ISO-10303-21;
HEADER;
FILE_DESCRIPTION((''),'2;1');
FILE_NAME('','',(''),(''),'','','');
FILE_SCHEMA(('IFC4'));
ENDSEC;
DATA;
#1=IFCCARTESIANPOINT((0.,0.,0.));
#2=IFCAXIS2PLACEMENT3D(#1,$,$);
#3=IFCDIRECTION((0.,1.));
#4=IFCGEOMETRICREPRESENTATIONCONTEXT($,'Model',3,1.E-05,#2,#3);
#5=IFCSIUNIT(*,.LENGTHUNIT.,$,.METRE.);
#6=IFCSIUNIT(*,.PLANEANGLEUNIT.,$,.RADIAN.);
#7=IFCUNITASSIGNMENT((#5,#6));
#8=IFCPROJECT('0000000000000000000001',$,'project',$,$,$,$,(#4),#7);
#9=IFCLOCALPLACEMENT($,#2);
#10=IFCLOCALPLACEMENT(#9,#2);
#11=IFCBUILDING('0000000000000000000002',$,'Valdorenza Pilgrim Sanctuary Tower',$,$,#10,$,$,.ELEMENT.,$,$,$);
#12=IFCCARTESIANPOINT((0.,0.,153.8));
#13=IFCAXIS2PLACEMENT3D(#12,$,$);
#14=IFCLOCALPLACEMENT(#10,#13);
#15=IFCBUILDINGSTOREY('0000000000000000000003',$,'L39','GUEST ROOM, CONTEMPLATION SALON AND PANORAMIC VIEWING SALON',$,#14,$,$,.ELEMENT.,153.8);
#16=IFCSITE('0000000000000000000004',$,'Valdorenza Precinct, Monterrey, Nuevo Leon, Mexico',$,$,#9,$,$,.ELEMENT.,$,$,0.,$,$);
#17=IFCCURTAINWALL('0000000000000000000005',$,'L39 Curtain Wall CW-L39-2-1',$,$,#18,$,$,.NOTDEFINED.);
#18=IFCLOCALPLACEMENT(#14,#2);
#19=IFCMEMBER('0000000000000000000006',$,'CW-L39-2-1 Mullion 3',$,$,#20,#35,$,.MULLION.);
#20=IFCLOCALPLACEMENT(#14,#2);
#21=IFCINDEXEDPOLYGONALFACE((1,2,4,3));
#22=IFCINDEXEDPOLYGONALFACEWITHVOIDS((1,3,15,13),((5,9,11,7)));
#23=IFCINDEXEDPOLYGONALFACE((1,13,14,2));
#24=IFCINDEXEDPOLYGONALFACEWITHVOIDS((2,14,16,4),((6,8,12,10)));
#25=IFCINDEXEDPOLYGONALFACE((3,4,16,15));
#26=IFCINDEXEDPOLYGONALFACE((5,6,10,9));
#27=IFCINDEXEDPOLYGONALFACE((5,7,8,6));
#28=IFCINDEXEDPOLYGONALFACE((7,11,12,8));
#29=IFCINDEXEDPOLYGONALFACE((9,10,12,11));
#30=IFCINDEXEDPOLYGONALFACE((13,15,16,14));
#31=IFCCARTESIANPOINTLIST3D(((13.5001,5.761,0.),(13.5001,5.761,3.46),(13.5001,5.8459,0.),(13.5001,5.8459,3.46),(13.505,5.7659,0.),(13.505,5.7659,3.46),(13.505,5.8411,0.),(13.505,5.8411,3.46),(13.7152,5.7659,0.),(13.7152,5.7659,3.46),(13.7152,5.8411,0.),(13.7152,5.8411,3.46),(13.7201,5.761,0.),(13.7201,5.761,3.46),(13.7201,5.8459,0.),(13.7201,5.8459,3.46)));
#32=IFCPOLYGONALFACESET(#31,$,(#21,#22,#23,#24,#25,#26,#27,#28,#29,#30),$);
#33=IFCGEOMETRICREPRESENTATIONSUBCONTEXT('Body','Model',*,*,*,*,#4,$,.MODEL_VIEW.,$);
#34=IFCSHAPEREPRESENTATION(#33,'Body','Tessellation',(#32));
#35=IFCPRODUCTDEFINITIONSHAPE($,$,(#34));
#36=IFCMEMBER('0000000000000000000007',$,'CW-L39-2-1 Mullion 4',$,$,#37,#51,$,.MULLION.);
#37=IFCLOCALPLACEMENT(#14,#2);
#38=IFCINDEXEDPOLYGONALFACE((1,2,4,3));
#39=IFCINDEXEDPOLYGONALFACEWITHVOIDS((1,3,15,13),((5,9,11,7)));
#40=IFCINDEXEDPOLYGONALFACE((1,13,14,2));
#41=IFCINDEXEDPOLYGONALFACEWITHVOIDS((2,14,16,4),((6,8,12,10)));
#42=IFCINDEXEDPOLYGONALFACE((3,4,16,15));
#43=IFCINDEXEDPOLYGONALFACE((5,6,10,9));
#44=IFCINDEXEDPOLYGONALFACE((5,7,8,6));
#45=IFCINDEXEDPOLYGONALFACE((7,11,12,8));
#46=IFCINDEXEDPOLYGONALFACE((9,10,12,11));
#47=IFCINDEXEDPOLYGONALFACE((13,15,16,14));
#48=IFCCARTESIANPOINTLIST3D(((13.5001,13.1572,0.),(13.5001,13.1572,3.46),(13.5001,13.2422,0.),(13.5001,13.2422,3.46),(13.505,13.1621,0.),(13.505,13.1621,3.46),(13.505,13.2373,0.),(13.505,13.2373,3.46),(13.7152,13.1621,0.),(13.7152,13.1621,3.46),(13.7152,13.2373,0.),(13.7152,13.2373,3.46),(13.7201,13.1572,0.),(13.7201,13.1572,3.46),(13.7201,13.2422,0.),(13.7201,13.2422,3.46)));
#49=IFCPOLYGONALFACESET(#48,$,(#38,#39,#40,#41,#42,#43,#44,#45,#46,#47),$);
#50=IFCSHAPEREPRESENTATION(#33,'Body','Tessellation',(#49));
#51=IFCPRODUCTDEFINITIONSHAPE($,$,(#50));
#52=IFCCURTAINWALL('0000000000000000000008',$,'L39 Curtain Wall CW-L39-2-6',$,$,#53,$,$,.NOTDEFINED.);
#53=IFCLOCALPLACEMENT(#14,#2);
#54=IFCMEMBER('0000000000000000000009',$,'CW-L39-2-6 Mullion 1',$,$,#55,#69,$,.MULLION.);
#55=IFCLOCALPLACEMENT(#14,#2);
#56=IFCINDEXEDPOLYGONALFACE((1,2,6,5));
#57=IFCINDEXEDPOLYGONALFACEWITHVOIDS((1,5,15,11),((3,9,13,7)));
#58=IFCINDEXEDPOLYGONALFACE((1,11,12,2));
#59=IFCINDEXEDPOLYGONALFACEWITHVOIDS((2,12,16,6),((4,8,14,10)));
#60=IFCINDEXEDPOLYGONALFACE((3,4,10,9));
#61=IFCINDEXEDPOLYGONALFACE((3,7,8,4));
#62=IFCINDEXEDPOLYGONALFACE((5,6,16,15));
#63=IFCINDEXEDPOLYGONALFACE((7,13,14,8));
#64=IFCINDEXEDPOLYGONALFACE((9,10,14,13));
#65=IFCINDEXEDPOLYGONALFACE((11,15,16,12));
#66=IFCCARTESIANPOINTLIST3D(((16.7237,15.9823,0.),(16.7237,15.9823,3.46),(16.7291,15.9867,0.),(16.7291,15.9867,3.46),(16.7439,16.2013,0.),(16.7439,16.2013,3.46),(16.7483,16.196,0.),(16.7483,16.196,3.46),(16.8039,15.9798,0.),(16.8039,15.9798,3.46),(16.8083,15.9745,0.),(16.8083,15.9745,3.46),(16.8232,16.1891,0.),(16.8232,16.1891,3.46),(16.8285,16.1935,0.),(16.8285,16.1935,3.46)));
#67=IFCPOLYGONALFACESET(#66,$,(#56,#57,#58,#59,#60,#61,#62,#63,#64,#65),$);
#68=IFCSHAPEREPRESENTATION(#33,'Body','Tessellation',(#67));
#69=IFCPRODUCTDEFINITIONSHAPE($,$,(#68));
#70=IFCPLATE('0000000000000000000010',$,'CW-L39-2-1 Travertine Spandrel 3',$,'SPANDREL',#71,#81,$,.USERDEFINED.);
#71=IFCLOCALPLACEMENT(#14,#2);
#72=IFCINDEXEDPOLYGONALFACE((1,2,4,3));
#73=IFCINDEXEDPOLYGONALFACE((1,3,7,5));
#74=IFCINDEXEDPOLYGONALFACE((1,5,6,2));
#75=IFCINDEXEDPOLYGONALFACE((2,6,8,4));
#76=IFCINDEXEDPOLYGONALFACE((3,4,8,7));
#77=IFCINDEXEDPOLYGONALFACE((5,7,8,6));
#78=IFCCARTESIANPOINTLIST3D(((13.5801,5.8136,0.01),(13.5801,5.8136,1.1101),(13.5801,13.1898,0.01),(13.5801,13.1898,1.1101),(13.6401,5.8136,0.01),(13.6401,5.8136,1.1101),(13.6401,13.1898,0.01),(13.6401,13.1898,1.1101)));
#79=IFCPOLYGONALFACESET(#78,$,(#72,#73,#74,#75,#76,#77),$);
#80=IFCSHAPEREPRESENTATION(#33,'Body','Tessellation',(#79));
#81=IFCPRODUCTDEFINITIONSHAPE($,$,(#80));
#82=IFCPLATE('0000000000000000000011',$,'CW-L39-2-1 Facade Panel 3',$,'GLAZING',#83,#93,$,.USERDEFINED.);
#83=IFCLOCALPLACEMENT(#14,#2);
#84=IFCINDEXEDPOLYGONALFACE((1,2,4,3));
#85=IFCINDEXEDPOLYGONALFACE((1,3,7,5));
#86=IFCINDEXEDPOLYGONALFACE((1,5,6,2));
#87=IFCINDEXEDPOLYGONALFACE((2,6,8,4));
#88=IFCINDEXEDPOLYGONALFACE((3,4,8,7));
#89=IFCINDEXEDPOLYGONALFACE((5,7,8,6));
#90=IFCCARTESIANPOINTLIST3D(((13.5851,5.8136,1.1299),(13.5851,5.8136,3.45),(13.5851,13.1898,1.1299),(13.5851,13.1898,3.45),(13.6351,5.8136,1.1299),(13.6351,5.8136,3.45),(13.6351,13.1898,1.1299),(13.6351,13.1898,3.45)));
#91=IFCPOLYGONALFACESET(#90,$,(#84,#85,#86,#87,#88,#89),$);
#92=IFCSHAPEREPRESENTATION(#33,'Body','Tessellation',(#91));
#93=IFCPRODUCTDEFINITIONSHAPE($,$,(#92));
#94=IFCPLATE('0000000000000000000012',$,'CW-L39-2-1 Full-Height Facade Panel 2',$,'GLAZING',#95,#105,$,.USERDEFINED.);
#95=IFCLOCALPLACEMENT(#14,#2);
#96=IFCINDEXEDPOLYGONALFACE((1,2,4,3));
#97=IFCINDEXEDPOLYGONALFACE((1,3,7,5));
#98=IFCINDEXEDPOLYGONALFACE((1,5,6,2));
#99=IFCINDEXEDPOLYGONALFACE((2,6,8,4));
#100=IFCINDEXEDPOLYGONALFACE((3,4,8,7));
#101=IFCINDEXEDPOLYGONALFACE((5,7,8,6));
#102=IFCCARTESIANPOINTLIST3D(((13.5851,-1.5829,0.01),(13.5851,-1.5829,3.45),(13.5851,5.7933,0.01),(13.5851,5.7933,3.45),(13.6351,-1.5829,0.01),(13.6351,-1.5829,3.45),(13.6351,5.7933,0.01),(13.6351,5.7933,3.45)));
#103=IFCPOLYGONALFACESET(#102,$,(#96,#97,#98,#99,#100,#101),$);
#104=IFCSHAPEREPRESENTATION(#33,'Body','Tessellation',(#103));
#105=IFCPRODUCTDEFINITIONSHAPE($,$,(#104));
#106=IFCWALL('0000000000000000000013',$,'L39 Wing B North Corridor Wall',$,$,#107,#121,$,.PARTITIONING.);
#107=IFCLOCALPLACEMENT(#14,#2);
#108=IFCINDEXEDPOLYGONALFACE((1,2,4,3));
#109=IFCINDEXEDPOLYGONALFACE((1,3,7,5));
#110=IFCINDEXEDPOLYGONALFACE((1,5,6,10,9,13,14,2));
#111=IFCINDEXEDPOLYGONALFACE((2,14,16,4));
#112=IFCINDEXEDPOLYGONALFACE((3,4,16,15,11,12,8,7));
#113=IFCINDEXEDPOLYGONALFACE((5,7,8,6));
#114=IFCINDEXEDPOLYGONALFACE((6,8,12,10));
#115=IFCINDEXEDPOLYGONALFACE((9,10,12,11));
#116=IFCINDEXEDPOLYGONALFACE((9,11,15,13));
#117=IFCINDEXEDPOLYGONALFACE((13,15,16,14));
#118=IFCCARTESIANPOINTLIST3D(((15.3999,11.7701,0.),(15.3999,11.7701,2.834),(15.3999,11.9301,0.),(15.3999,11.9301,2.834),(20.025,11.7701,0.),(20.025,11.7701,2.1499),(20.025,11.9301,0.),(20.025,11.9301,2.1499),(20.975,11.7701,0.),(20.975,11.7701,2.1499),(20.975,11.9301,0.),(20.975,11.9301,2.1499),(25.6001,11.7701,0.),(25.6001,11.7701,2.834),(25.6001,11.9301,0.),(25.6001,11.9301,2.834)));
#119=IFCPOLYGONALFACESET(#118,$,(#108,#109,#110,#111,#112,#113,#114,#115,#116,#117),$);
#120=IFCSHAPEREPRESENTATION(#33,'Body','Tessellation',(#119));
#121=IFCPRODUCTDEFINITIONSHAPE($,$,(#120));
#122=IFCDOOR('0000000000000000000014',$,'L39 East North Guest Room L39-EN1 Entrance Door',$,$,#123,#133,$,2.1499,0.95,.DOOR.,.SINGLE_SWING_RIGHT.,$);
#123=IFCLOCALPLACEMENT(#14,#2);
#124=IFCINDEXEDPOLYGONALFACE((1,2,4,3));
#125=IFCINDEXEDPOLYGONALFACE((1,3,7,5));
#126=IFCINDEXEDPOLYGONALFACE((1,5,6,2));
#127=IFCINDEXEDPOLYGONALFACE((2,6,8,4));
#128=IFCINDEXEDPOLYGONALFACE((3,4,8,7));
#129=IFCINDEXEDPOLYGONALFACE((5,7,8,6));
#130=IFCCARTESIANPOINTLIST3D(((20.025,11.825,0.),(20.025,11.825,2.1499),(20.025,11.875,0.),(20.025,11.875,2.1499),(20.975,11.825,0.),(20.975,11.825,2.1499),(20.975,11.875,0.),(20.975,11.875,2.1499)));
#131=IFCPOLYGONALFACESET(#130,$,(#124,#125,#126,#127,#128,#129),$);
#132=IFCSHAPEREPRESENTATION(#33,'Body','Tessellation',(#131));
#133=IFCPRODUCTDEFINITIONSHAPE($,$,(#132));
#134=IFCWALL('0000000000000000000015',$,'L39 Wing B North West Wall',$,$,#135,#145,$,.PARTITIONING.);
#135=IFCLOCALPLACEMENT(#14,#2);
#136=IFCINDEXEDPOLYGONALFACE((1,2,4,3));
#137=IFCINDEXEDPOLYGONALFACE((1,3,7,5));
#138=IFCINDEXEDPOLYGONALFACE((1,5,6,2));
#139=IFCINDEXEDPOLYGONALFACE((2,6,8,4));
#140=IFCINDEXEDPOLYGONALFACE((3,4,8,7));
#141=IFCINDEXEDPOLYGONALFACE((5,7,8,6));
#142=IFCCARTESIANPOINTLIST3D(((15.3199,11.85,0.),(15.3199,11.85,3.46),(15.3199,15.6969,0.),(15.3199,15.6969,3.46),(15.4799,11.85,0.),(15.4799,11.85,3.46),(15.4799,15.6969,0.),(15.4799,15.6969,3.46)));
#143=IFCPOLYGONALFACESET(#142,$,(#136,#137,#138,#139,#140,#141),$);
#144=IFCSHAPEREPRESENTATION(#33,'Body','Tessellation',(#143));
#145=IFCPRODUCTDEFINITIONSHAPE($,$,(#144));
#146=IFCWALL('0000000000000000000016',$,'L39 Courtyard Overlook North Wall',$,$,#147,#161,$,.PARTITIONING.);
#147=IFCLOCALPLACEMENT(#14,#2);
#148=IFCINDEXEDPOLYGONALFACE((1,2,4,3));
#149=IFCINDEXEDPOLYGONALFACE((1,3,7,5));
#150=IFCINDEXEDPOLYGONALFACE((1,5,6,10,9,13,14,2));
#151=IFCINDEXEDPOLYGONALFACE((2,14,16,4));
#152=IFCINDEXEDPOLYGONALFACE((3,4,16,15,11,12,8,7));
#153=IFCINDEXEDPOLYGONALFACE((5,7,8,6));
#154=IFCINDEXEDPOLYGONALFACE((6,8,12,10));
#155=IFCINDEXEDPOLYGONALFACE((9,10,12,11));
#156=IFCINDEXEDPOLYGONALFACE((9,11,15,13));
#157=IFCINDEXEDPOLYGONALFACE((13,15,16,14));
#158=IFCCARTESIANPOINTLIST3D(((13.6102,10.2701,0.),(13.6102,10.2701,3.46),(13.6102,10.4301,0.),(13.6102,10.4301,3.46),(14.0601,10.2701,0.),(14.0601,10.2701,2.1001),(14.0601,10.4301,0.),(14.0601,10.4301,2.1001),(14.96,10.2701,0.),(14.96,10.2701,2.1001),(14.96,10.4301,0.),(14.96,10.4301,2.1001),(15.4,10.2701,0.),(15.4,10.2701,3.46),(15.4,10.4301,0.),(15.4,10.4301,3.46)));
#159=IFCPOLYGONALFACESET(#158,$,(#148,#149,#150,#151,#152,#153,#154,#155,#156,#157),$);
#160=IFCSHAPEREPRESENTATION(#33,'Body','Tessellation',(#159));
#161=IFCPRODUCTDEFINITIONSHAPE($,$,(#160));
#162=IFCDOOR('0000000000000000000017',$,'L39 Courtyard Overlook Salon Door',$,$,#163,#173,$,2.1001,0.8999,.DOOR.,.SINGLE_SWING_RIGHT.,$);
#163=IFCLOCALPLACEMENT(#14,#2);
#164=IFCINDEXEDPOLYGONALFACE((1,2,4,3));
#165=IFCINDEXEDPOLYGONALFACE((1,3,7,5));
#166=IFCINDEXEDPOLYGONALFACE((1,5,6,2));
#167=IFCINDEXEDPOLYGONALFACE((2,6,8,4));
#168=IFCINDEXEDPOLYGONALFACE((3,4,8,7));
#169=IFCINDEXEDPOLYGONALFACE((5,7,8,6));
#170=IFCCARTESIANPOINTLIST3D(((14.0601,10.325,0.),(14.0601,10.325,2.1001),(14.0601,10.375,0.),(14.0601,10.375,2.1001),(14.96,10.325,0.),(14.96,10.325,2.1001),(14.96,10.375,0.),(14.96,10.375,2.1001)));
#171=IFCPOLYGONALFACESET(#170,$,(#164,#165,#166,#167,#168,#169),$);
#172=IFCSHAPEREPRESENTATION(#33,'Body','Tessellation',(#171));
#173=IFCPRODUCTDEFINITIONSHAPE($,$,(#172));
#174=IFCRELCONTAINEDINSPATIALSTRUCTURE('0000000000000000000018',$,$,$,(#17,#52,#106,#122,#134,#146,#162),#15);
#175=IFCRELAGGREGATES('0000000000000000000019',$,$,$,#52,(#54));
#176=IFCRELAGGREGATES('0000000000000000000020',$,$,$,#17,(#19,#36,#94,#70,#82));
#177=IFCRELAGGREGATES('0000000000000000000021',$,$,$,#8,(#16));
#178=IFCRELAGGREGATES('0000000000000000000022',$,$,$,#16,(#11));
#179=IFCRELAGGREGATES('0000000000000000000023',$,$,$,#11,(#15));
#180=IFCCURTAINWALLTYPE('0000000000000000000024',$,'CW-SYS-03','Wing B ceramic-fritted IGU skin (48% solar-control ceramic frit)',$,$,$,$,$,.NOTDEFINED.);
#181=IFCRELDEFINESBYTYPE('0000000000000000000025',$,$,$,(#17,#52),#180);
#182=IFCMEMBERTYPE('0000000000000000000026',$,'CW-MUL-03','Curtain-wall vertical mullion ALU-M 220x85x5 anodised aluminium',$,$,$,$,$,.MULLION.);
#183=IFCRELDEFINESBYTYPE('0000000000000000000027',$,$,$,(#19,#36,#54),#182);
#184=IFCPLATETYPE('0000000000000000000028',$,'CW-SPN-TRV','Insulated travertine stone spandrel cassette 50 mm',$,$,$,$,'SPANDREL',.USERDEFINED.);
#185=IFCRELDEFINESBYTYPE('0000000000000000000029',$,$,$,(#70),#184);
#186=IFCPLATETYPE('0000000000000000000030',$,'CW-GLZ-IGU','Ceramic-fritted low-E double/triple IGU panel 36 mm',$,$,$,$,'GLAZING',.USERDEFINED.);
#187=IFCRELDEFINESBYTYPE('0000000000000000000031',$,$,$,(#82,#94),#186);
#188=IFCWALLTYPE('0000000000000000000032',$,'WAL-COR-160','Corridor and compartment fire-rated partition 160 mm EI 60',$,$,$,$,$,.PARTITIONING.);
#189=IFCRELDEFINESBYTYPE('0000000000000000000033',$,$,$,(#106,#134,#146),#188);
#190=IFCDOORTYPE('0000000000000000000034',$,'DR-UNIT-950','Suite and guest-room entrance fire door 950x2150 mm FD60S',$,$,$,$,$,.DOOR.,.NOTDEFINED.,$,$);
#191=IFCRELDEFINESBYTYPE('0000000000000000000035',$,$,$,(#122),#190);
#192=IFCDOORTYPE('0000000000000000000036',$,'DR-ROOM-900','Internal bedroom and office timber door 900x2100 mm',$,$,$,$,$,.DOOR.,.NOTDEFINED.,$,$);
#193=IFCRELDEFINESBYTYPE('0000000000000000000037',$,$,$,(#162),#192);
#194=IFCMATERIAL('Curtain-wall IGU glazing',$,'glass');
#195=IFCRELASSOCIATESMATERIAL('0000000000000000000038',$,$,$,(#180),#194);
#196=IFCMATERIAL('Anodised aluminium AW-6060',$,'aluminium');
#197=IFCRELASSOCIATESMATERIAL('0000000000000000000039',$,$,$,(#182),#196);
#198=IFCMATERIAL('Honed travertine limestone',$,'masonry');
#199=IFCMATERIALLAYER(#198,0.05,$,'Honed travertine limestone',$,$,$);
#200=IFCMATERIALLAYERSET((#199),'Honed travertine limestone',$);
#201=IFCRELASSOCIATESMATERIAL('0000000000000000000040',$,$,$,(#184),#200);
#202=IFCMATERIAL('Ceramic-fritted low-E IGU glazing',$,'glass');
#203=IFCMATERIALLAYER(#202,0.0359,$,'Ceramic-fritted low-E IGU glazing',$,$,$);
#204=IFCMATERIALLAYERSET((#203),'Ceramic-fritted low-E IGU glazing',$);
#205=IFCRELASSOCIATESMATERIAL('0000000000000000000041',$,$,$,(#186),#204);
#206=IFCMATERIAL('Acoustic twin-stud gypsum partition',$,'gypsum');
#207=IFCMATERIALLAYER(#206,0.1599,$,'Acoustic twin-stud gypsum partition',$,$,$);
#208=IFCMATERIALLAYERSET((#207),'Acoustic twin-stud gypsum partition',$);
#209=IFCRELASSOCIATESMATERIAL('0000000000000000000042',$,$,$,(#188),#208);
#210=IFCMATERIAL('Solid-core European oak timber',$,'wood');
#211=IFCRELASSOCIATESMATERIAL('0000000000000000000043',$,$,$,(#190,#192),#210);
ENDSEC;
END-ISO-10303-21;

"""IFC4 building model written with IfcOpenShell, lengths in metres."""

from ifc_helpers import new_model, si_unit, direction, frame, frame_2d, origin, origin_2d, place, context, subcontext, project, spatial, rectangle, hollow_rectangle, extrude, source, transform, mapped, material, layer, layer_set, material_profile, profile_set, type_object, element, fill, aggregate, save


model = new_model("IFC4")

# Units and contexts
model_context = context("Model", 3, precision=1e-05, world=origin(), true_north=direction((0.0, 1.0)))
body_context = subcontext(model_context, "Body", "Model", "MODEL_VIEW")
ifc_project = project(units=[si_unit("LENGTHUNIT", "METRE"), si_unit("PLANEANGLEUNIT", "RADIAN")], contexts=[model_context])

# Site, building, storey
site_placement = place(None, origin())
site = spatial("IfcSite", under=ifc_project, at=site_placement, Name="Valdorenza Precinct, Monterrey, Nuevo Leon, Mexico", CompositionType="ELEMENT", RefElevation=0.0)
building_placement = place(site_placement, origin())
building = spatial("IfcBuilding", under=site, at=building_placement, Name="Valdorenza Pilgrim Sanctuary Tower", CompositionType="ELEMENT")
storey_placement = place(building_placement, frame((0.0, 0.0, 153.8)))
storey = spatial("IfcBuildingStorey", under=building, at=storey_placement, Name="L39", Description="GUEST ROOM, CONTEMPLATION SALON AND PANORAMIC VIEWING SALON", CompositionType="ELEMENT", Elevation=153.8)

# Curtain wall, members
ifc_material_1 = material(Name="Curtain-wall IGU glazing", Category="glass")
curtain_wall_type = type_object("IfcCurtainWallType", Name="CW-SYS-03", Description="Wing B ceramic-fritted IGU skin (48% solar-control ceramic frit)", PredefinedType="NOTDEFINED", material=ifc_material_1)
curtain_wall_1_placement = place(storey_placement, origin())
curtain_wall_1 = element("IfcCurtainWall", 1, at=curtain_wall_1_placement, inside=storey, type_object=curtain_wall_type, Name="L39 Curtain Wall CW-L39-2-1", PredefinedType="NOTDEFINED")
ifc_material_2 = material(Name="Anodised aluminium AW-6060", Category="aluminium")
ifc_material_profile_1 = material_profile(ifc_material_2, hollow_rectangle(XDim=0.085, YDim=0.22, WallThickness=0.0049, at=origin_2d()), Name="ALU-M 220x85x5")
ifc_profile_set_1 = profile_set([ifc_material_profile_1], Name="Anodised aluminium AW-6060")
member_type = type_object("IfcMemberType", Name="CW-MUL-03", Description="Curtain-wall vertical mullion ALU-M 220x85x5 anodised aluminium", PredefinedType="MULLION", material=ifc_profile_set_1)
shared_shape_1 = source(origin(), body_context, "Body", "SweptSolid", [
    extrude(hollow_rectangle(XDim=0.085, YDim=0.22, WallThickness=0.0049, at=origin_2d()), origin(), (0.0, 0.0, 1.0), 3.46),
])
member_1_placement = place(storey_placement, frame((13.6101, 5.8035, 0.0), z_axis=(0.0, 0.0, 1.0), x_axis=(0.0, 1.0, 0.0)))
member_1 = element("IfcMember", 2, at=member_1_placement, type_object=member_type, Name="CW-L39-2-1 Mullion 3", PredefinedType="MULLION", context=body_context, shape_type="MappedRepresentation", body=[
    mapped(shared_shape_1, transform((0.0, 0.0, 0.0), x_axis=(1.0, 0.0, 0.0), y_axis=(0.0, 1.0, 0.0), z_axis=(0.0, 0.0, 1.0), scale=1.0)),
])
member_2_placement = place(storey_placement, frame((13.6101, 13.1997, 0.0), z_axis=(0.0, 0.0, 1.0), x_axis=(0.0, 1.0, 0.0)))
member_2 = element("IfcMember", 3, at=member_2_placement, type_object=member_type, Name="CW-L39-2-1 Mullion 4", PredefinedType="MULLION", context=body_context, shape_type="MappedRepresentation", body=[
    mapped(shared_shape_1, transform((0.0, 0.0, 0.0), x_axis=(1.0, 0.0, 0.0), y_axis=(0.0, 1.0, 0.0), z_axis=(0.0, 0.0, 1.0), scale=1.0)),
])

# Curtain wall, member
curtain_wall_2_placement = place(storey_placement, origin())
curtain_wall_2 = element("IfcCurtainWall", 4, at=curtain_wall_2_placement, inside=storey, type_object=curtain_wall_type, Name="L39 Curtain Wall CW-L39-2-6", PredefinedType="NOTDEFINED")
member_3_placement = place(storey_placement, frame((16.7761, 16.0879, 0.0), z_axis=(0.0, 0.0, 1.0), x_axis=(0.995794, -0.091623, 0.0)))
member_3 = element("IfcMember", 5, at=member_3_placement, type_object=member_type, Name="CW-L39-2-6 Mullion 1", PredefinedType="MULLION", context=body_context, shape_type="MappedRepresentation", body=[
    mapped(shared_shape_1, transform((0.0, 0.0, 0.0), x_axis=(1.0, 0.0, 0.0), y_axis=(0.0, 1.0, 0.0), z_axis=(0.0, 0.0, 1.0), scale=1.0)),
])
aggregate(curtain_wall_2, [member_3])

# Plates
ifc_material_3 = material(Name="Honed travertine limestone", Category="masonry")
ifc_layer_1 = layer(ifc_material_3, 0.05, Name="Honed travertine limestone")
ifc_layer_set_1 = layer_set([ifc_layer_1], Name="Honed travertine limestone")
plate_type_1 = type_object("IfcPlateType", Name="CW-SPN-TRV", Description="Insulated travertine stone spandrel cassette 50 mm", ElementType="SPANDREL", PredefinedType="USERDEFINED", material=ifc_layer_set_1)
shared_shape_2 = source(origin(), body_context, "Body", "SweptSolid", [
    extrude(rectangle(XDim=7.3762, YDim=0.0601, at=origin_2d()), origin(), (0.0, 0.0, 1.0), 1.1001),
])
plate_1_placement = place(storey_placement, frame((13.6101, 9.5017, 0.01), z_axis=(0.0, 0.0, 1.0), x_axis=(0.0, 1.0, 0.0)))
plate_1 = element("IfcPlate", 6, at=plate_1_placement, type_object=plate_type_1, Name="CW-L39-2-1 Travertine Spandrel 3", ObjectType="SPANDREL", PredefinedType="USERDEFINED", context=body_context, shape_type="MappedRepresentation", body=[
    mapped(shared_shape_2, transform((0.0, 0.0, 0.0), x_axis=(1.0, 0.0, 0.0), y_axis=(0.0, 1.0, 0.0), z_axis=(0.0, 0.0, 1.0), scale=1.0)),
])
ifc_material_4 = material(Name="Ceramic-fritted low-E IGU glazing", Category="glass")
ifc_layer_2 = layer(ifc_material_4, 0.0359, Name="Ceramic-fritted low-E IGU glazing")
ifc_layer_set_2 = layer_set([ifc_layer_2], Name="Ceramic-fritted low-E IGU glazing")
plate_type_2 = type_object("IfcPlateType", Name="CW-GLZ-IGU", Description="Ceramic-fritted low-E double/triple IGU panel 36 mm", ElementType="GLAZING", PredefinedType="USERDEFINED", material=ifc_layer_set_2)
shared_shape_3 = source(origin(), body_context, "Body", "SweptSolid", [
    extrude(rectangle(XDim=7.3762, YDim=0.05, at=origin_2d()), origin(), (0.0, 0.0, 1.0), 2.3201),
])
plate_2_placement = place(storey_placement, frame((13.6101, 9.5017, 1.1299), z_axis=(0.0, 0.0, 1.0), x_axis=(0.0, 1.0, 0.0)))
plate_2 = element("IfcPlate", 7, at=plate_2_placement, type_object=plate_type_2, Name="CW-L39-2-1 Facade Panel 3", ObjectType="GLAZING", PredefinedType="USERDEFINED", context=body_context, shape_type="MappedRepresentation", body=[
    mapped(shared_shape_3, transform((0.0, 0.0, 0.0), x_axis=(1.0, 0.0, 0.0), y_axis=(0.0, 1.0, 0.0), z_axis=(0.0, 0.0, 1.0), scale=1.0)),
])
shared_shape_4 = source(origin(), body_context, "Body", "SweptSolid", [
    extrude(rectangle(XDim=7.3762, YDim=0.05, at=origin_2d()), origin(), (0.0, 0.0, 1.0), 3.4399),
])
plate_3_placement = place(storey_placement, frame((13.6101, 2.1052, 0.01), z_axis=(0.0, 0.0, 1.0), x_axis=(0.0, 1.0, 0.0)))
plate_3 = element("IfcPlate", 8, at=plate_3_placement, type_object=plate_type_2, Name="CW-L39-2-1 Full-Height Facade Panel 2", ObjectType="GLAZING", PredefinedType="USERDEFINED", context=body_context, shape_type="MappedRepresentation", body=[
    mapped(shared_shape_4, transform((0.0, 0.0, 0.0), x_axis=(1.0, 0.0, 0.0), y_axis=(0.0, 1.0, 0.0), z_axis=(0.0, 0.0, 1.0), scale=1.0)),
])
aggregate(curtain_wall_1, [member_1, member_2, plate_3, plate_1, plate_2])

# Wall, opening, door
ifc_material_5 = material(Name="Acoustic twin-stud gypsum partition", Category="gypsum")
ifc_layer_3 = layer(ifc_material_5, 0.1599, Name="Acoustic twin-stud gypsum partition")
ifc_layer_set_3 = layer_set([ifc_layer_3], Name="Acoustic twin-stud gypsum partition")
wall_type_1 = type_object("IfcWallType", Name="WAL-COR-160", Description="Corridor and compartment fire-rated partition 160 mm EI 60", PredefinedType="PARTITIONING", material=ifc_layer_set_3)
wall_1_placement = place(storey_placement, frame((15.3999, 11.8501, 0.0), z_axis=(0.0, 0.0, 1.0), x_axis=(1.0, 0.0, 0.0)))
wall_1 = element("IfcWall", 9, at=wall_1_placement, inside=storey, type_object=wall_type_1, Name="L39 Wing B North Corridor Wall", PredefinedType="PARTITIONING", context=body_context, shape_type="SweptSolid", body=[
    extrude(rectangle(XDim=10.2002, YDim=0.1599, at=frame_2d((5.1001, 0.0))), origin(), (0.0, 0.0, 1.0), 2.834),
])
opening_1_placement = place(wall_1_placement, frame((4.625, 0.0, 0.0)))
opening_1 = element("IfcOpeningElement", 10, at=opening_1_placement, cuts=wall_1, PredefinedType="OPENING", context=body_context, shape_type="SweptSolid", body=[
    extrude(rectangle(XDim=0.95, YDim=2.1499, at=frame_2d((0.4751, 1.075))), frame((0.0, 0.0947, 0.0), z_axis=(0.0, -1.0, 0.0), x_axis=(1.0, 0.0, 0.0)), (0.0, 0.0, 1.0), 0.1897),
])
ifc_material_6 = material(Name="Solid-core European oak timber", Category="wood")
door_type_1 = type_object("IfcDoorType", Name="DR-UNIT-950", Description="Suite and guest-room entrance fire door 950x2150 mm FD60S", OperationType="NOTDEFINED", PredefinedType="DOOR", material=ifc_material_6)
door_1_placement = place(opening_1_placement, origin())
door_1 = element("IfcDoor", 11, at=door_1_placement, inside=storey, type_object=door_type_1, Name="L39 East North Guest Room L39-EN1 Entrance Door", OperationType="SINGLE_SWING_RIGHT", OverallHeight=2.1499, OverallWidth=0.95, PredefinedType="DOOR", context=body_context, shape_type="SweptSolid", body=[
    extrude(rectangle(XDim=0.95, YDim=2.1499, at=frame_2d((0.4751, 1.075))), frame((0.0, 0.0249, 0.0), z_axis=(0.0, -1.0, 0.0), x_axis=(1.0, 0.0, 0.0)), (0.0, 0.0, 1.0), 0.05),
])
fill(opening_1, door_1)

# Wall
wall_2_placement = place(storey_placement, frame((15.3999, 11.8501, 0.0), z_axis=(0.0, 0.0, 1.0), x_axis=(0.0, 1.0, 0.0)))
element("IfcWall", 12, at=wall_2_placement, inside=storey, type_object=wall_type_1, Name="L39 Wing B North West Wall", PredefinedType="PARTITIONING", context=body_context, shape_type="SweptSolid", body=[
    extrude(rectangle(XDim=3.8469, YDim=0.1599, at=frame_2d((1.9233, 0.0))), origin(), (0.0, 0.0, 1.0), 3.46),
])

# Wall, opening, door
wall_3_placement = place(storey_placement, frame((13.6101, 10.3501, 0.0), z_axis=(0.0, 0.0, 1.0), x_axis=(1.0, 0.0, 0.0)))
wall_3 = element("IfcWall", 13, at=wall_3_placement, inside=storey, type_object=wall_type_1, Name="L39 Courtyard Overlook North Wall", PredefinedType="PARTITIONING", context=body_context, shape_type="SweptSolid", body=[
    extrude(rectangle(XDim=1.7898, YDim=0.1599, at=frame_2d((0.895, 0.0))), origin(), (0.0, 0.0, 1.0), 3.46),
])
opening_2_placement = place(wall_3_placement, frame((0.45, 0.0, 0.0)))
opening_2 = element("IfcOpeningElement", 14, at=opening_2_placement, cuts=wall_3, PredefinedType="OPENING", context=body_context, shape_type="SweptSolid", body=[
    extrude(rectangle(XDim=0.8999, YDim=2.1001, at=frame_2d((0.45, 1.05))), frame((0.0, 0.0947, 0.0), z_axis=(0.0, -1.0, 0.0), x_axis=(1.0, 0.0, 0.0)), (0.0, 0.0, 1.0), 0.1897),
])
door_type_2 = type_object("IfcDoorType", Name="DR-ROOM-900", Description="Internal bedroom and office timber door 900x2100 mm", OperationType="NOTDEFINED", PredefinedType="DOOR", material=ifc_material_6)
door_2_placement = place(opening_2_placement, origin())
door_2 = element("IfcDoor", 15, at=door_2_placement, inside=storey, type_object=door_type_2, Name="L39 Courtyard Overlook Salon Door", OperationType="SINGLE_SWING_RIGHT", OverallHeight=2.1001, OverallWidth=0.8999, PredefinedType="DOOR", context=body_context, shape_type="SweptSolid", body=[
    extrude(rectangle(XDim=0.8999, YDim=2.1001, at=frame_2d((0.45, 1.05))), frame((0.0, 0.0249, 0.0), z_axis=(0.0, -1.0, 0.0), x_axis=(1.0, 0.0, 0.0)), (0.0, 0.0, 1.0), 0.05),
])
fill(opening_2, door_2)

save(model, "model.ifc")
